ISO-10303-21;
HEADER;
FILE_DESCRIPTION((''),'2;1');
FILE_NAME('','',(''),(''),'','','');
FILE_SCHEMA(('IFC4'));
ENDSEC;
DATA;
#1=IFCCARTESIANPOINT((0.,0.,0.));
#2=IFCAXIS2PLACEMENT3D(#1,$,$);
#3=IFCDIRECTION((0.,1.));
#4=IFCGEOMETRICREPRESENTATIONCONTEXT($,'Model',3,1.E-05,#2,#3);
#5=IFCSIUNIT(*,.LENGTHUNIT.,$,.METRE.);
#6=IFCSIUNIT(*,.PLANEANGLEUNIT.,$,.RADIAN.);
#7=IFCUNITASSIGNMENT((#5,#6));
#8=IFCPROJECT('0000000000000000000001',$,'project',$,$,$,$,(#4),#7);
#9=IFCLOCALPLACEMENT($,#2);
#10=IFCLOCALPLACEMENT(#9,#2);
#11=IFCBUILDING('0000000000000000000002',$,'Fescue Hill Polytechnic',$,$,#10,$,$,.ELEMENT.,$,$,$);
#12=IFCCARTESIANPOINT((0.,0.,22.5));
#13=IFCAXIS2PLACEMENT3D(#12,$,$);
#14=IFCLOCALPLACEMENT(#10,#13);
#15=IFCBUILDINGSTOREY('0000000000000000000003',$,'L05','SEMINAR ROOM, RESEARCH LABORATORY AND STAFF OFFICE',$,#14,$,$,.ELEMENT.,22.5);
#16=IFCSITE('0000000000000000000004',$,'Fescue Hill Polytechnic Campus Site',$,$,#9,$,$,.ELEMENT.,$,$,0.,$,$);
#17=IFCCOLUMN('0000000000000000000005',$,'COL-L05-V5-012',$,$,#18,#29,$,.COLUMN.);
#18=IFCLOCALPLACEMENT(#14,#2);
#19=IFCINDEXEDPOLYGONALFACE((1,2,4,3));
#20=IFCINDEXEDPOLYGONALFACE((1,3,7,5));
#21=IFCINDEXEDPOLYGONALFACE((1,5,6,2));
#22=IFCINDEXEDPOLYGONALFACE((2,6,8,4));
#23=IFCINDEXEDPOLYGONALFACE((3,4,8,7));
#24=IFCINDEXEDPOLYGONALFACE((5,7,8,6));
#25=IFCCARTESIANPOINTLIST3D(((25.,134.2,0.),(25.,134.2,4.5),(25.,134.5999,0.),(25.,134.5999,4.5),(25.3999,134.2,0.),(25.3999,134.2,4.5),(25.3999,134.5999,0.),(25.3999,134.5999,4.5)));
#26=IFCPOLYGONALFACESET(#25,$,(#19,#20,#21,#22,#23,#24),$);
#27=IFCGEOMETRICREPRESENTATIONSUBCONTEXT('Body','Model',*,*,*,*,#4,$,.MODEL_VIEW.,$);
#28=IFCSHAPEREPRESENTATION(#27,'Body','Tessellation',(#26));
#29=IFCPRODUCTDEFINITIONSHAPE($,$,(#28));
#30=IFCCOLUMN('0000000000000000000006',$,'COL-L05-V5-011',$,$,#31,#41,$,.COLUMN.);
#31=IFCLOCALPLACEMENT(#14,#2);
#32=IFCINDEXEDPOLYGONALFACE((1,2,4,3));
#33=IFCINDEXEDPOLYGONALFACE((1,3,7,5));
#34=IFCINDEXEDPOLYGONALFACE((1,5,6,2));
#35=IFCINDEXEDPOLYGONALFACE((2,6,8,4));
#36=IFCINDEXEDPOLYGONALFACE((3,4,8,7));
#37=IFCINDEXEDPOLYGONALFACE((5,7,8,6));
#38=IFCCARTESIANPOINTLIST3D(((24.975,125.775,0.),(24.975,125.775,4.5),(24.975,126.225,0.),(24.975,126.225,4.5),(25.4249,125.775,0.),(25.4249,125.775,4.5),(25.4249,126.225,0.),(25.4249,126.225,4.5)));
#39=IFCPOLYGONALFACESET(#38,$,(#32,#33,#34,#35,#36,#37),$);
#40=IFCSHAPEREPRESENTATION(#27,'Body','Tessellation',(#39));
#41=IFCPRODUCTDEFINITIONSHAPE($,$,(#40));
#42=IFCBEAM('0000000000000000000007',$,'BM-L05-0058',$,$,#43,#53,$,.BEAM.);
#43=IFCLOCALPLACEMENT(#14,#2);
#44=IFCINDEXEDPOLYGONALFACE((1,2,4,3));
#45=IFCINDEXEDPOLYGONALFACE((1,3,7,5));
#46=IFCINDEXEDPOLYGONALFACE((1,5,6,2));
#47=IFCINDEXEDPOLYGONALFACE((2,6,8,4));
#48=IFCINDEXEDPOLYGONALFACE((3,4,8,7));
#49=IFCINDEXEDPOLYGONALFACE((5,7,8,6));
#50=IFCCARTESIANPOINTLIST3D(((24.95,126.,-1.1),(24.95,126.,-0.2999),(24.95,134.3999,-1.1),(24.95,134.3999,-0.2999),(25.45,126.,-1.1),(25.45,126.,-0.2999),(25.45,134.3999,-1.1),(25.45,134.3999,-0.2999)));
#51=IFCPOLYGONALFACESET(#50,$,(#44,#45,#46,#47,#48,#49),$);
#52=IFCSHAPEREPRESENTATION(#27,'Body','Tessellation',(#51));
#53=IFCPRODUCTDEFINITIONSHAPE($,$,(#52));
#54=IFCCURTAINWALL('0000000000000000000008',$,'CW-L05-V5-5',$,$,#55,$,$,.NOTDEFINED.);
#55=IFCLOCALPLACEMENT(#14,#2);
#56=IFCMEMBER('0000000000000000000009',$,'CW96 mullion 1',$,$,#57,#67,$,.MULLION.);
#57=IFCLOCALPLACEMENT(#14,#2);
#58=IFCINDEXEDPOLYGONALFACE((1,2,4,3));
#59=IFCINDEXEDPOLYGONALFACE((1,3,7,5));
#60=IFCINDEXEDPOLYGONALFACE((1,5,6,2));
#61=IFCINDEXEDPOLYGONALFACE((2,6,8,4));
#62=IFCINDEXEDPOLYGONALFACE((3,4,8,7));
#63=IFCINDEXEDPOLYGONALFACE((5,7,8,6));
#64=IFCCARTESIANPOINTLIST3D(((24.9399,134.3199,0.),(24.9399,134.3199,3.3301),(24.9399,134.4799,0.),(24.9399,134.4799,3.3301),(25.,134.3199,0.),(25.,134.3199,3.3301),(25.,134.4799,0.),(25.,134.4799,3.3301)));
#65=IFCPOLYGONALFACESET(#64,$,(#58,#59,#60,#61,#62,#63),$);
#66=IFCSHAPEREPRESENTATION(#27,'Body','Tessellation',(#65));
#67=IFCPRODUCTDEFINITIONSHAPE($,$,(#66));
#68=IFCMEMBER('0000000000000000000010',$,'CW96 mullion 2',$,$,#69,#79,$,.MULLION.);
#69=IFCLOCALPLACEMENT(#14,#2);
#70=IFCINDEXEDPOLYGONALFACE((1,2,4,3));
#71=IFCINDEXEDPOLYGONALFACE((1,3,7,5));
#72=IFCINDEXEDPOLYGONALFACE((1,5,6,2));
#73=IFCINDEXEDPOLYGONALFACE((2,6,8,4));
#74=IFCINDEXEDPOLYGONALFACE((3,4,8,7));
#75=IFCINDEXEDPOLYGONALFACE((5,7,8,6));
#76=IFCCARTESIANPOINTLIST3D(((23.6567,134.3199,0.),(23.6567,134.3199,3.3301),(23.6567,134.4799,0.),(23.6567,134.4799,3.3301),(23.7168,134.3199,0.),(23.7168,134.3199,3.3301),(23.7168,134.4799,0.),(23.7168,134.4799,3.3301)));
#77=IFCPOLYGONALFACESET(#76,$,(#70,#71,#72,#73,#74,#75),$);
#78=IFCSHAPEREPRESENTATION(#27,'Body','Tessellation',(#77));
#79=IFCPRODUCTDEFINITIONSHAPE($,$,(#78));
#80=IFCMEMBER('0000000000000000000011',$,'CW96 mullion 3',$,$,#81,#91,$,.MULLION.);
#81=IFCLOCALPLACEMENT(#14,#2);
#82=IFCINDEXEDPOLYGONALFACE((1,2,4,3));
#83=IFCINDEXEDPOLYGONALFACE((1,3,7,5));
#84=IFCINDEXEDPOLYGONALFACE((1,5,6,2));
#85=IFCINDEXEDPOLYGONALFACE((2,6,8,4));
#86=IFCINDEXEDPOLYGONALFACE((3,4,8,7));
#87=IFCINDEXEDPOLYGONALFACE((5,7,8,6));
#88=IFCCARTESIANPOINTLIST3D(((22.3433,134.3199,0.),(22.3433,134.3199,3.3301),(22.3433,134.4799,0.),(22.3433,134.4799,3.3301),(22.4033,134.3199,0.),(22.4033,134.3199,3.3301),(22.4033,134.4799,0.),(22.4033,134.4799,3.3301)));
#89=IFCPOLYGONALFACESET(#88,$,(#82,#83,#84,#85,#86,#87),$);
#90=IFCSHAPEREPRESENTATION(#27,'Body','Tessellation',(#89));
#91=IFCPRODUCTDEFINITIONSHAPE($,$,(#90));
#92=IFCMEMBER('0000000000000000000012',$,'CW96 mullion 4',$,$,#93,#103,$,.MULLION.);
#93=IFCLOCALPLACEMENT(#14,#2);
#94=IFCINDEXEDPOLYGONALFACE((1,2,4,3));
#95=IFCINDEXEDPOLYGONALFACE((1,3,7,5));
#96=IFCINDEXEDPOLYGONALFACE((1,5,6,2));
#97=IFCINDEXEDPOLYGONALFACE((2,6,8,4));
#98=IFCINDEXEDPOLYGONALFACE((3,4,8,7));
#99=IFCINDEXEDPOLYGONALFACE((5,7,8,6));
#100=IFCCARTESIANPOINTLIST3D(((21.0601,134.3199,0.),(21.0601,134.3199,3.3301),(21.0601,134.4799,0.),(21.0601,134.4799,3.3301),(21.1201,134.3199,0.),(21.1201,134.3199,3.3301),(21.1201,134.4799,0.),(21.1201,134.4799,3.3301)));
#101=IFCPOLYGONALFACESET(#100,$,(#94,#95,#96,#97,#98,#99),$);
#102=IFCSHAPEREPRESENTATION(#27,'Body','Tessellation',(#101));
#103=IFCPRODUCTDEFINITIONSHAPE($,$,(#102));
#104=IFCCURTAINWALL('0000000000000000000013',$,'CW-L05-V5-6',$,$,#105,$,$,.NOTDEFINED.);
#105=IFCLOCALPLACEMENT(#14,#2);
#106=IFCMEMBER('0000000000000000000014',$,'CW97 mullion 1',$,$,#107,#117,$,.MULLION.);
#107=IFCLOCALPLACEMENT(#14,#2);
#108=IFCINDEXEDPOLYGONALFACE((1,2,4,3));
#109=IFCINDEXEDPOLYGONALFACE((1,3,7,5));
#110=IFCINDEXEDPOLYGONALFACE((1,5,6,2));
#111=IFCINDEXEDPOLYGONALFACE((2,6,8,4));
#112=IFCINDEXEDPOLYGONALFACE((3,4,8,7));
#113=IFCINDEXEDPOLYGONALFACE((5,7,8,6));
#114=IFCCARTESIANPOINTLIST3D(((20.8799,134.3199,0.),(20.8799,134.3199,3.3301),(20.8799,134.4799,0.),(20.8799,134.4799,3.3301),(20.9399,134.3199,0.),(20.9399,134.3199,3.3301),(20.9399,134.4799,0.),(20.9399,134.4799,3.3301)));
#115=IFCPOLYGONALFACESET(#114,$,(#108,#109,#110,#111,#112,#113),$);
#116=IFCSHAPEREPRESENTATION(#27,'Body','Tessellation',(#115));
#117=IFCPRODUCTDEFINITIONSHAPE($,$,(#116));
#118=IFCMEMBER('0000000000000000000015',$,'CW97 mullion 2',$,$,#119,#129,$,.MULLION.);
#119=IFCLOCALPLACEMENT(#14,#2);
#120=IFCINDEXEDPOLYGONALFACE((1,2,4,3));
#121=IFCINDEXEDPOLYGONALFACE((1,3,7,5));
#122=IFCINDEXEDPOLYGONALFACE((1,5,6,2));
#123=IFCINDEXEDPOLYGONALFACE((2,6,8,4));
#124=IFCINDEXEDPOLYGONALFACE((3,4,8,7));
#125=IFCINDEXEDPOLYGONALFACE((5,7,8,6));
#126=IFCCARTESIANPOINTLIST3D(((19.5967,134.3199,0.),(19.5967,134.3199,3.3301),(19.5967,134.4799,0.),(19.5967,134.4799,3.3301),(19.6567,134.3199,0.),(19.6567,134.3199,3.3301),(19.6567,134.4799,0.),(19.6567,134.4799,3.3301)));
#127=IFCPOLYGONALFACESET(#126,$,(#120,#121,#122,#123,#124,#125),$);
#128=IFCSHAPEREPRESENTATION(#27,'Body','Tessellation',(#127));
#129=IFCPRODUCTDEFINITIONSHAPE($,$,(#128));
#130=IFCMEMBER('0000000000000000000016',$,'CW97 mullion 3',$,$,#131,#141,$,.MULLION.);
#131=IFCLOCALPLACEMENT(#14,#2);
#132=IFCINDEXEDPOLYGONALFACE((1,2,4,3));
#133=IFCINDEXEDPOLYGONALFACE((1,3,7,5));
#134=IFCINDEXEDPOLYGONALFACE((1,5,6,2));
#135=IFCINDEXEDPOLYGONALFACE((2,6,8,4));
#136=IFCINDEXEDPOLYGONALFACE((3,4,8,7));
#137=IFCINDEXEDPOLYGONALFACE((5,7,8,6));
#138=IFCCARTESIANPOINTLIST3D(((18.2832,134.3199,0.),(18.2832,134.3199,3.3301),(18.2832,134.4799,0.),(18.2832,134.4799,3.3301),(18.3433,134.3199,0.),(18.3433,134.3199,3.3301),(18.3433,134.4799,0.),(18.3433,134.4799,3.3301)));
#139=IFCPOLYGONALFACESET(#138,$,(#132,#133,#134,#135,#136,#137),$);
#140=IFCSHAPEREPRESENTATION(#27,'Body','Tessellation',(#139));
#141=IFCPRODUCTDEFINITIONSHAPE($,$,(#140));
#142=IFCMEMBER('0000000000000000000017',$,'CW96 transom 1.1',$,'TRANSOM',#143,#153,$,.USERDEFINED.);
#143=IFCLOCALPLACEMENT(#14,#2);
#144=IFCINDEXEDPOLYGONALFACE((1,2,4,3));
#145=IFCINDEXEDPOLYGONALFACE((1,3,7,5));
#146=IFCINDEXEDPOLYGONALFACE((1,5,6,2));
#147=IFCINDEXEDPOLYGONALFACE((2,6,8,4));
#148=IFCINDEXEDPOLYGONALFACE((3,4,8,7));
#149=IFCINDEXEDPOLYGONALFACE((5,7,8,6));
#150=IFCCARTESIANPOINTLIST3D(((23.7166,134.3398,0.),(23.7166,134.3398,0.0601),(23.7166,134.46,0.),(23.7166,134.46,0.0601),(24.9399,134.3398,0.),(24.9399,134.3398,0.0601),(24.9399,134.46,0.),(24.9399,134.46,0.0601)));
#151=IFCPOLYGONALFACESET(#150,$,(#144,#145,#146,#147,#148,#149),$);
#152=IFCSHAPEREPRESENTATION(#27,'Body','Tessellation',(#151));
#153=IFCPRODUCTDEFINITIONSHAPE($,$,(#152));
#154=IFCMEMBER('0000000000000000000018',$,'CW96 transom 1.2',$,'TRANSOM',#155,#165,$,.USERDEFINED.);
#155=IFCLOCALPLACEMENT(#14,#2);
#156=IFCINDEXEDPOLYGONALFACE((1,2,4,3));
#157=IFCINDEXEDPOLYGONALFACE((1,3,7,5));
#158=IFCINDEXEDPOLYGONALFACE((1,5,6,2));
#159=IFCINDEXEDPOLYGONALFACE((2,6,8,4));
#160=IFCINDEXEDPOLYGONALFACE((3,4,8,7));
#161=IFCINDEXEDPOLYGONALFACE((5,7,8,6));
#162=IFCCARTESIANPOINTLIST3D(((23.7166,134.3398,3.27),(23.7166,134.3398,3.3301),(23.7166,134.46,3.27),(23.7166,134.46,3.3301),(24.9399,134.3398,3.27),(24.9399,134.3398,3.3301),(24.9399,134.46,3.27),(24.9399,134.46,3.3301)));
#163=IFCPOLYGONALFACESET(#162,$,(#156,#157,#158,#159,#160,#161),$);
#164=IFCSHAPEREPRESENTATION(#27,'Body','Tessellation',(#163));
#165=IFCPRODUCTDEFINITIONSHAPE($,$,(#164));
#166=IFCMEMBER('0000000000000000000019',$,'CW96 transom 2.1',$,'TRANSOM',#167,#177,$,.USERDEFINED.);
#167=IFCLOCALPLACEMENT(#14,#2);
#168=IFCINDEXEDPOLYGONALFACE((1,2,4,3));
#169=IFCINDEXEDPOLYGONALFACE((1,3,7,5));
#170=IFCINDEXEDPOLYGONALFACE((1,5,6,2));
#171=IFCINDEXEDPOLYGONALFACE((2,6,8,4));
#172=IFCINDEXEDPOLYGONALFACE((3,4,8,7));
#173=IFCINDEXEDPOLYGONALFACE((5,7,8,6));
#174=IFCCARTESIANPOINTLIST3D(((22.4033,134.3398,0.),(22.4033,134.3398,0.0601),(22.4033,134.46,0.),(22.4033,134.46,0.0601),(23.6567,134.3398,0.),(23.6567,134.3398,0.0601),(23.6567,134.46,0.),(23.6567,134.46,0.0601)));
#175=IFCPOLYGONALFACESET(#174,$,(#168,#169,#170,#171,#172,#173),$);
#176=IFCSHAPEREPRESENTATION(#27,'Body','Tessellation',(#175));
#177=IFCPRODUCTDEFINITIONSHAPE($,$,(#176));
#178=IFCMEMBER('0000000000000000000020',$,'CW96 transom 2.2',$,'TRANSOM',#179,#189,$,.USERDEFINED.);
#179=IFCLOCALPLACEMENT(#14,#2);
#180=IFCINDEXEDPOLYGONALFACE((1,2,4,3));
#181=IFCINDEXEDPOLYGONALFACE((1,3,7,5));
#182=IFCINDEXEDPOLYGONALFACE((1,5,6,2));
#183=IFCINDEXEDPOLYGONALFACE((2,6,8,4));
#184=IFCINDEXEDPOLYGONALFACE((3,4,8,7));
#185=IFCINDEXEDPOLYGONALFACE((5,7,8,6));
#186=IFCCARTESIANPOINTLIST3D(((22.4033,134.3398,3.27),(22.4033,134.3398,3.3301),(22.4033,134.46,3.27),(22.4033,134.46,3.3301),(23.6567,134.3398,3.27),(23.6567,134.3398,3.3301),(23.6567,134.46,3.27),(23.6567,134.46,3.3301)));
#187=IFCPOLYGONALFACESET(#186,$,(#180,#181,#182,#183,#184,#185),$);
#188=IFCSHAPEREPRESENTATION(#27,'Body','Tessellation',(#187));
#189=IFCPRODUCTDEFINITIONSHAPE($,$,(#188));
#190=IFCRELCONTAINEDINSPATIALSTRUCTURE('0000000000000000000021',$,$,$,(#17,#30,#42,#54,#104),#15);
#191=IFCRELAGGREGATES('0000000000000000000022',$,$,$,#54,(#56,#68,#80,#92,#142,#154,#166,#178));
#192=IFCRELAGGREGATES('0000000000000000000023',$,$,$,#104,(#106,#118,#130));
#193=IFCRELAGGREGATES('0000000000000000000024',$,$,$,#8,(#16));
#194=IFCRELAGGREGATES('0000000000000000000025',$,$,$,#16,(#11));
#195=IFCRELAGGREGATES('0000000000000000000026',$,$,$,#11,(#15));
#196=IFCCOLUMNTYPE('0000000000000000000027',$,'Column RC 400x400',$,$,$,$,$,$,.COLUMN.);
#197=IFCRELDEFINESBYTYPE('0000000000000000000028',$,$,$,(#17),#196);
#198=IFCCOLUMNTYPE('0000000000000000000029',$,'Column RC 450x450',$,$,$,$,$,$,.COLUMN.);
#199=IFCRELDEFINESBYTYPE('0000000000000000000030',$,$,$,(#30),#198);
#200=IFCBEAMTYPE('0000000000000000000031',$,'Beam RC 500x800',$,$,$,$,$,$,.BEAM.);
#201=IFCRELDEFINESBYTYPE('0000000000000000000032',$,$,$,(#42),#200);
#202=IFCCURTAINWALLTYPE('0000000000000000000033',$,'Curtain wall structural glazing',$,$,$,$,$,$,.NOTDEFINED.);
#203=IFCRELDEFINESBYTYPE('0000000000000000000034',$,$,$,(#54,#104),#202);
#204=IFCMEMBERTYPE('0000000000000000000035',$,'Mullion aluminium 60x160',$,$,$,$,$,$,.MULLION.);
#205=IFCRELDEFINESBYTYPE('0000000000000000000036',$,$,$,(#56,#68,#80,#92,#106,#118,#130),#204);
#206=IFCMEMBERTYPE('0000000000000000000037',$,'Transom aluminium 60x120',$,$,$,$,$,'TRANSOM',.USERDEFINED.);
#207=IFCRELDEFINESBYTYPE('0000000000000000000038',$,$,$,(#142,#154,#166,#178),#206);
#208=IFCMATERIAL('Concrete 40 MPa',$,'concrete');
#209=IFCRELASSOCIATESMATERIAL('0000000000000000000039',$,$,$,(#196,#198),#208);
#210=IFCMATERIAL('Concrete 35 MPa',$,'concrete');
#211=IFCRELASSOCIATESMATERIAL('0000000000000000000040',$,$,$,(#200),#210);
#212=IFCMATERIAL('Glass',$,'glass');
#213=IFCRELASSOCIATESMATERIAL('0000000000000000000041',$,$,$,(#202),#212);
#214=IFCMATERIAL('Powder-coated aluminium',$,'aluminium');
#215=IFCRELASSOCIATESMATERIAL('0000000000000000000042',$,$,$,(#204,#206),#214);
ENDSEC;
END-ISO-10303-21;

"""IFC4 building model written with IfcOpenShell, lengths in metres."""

from ifc_helpers import new_model, si_unit, direction, frame, origin, origin_2d, place, context, subcontext, project, spatial, rectangle, extrude, material, material_profile, profile_set, type_object, element, aggregate, save


model = new_model("IFC4")

# Units and contexts
model_context = context("Model", 3, precision=1e-05, world=origin(), true_north=direction((0.0, 1.0)))
body_context = subcontext(model_context, "Body", "Model", "MODEL_VIEW")
ifc_project = project(units=[si_unit("LENGTHUNIT", "METRE"), si_unit("PLANEANGLEUNIT", "RADIAN")], contexts=[model_context])

# Site, building, storey
site_placement = place(None, origin())
site = spatial("IfcSite", under=ifc_project, at=site_placement, Name="Fescue Hill Polytechnic Campus Site", CompositionType="ELEMENT", RefElevation=0.0)
building_placement = place(site_placement, origin())
building = spatial("IfcBuilding", under=site, at=building_placement, Name="Fescue Hill Polytechnic", CompositionType="ELEMENT")
storey_placement = place(building_placement, frame((0.0, 0.0, 22.5)))
storey = spatial("IfcBuildingStorey", under=building, at=storey_placement, Name="L05", Description="SEMINAR ROOM, RESEARCH LABORATORY AND STAFF OFFICE", CompositionType="ELEMENT", Elevation=22.5)

# Columns
ifc_material_1 = material(Name="Concrete 40 MPa", Category="concrete")
ifc_material_profile_1 = material_profile(ifc_material_1, rectangle(XDim=0.3999, YDim=0.3999, at=origin_2d()), Name="RC 400x400")
ifc_profile_set_1 = profile_set([ifc_material_profile_1], Name="Concrete 40 MPa")
column_type_1 = type_object("IfcColumnType", Name="Column RC 400x400", PredefinedType="COLUMN", material=ifc_profile_set_1)
column_1_placement = place(storey_placement, frame((25.2, 134.3999, 0.0), z_axis=(0.0, 0.0, 1.0), x_axis=(1.0, 0.0, 0.0)))
element("IfcColumn", 1, at=column_1_placement, inside=storey, type_object=column_type_1, Name="COL-L05-V5-012", PredefinedType="COLUMN", context=body_context, shape_type="SweptSolid", body=[
    extrude(rectangle(XDim=0.3999, YDim=0.3999, at=origin_2d()), origin(), (0.0, 0.0, 1.0), 4.5),
])
ifc_material_profile_2 = material_profile(ifc_material_1, rectangle(XDim=0.45, YDim=0.45, at=origin_2d()), Name="RC 450x450")
ifc_profile_set_2 = profile_set([ifc_material_profile_2], Name="Concrete 40 MPa")
column_type_2 = type_object("IfcColumnType", Name="Column RC 450x450", PredefinedType="COLUMN", material=ifc_profile_set_2)
column_2_placement = place(storey_placement, frame((25.2, 126.0, 0.0), z_axis=(0.0, 0.0, 1.0), x_axis=(1.0, 0.0, 0.0)))
element("IfcColumn", 2, at=column_2_placement, inside=storey, type_object=column_type_2, Name="COL-L05-V5-011", PredefinedType="COLUMN", context=body_context, shape_type="SweptSolid", body=[
    extrude(rectangle(XDim=0.45, YDim=0.45, at=origin_2d()), origin(), (0.0, 0.0, 1.0), 4.5),
])

# Beam
ifc_material_2 = material(Name="Concrete 35 MPa", Category="concrete")
ifc_material_profile_3 = material_profile(ifc_material_2, rectangle(XDim=0.5, YDim=0.8, at=origin_2d()), Name="RC 500x800")
ifc_profile_set_3 = profile_set([ifc_material_profile_3], Name="Concrete 35 MPa")
beam_type = type_object("IfcBeamType", Name="Beam RC 500x800", PredefinedType="BEAM", material=ifc_profile_set_3)
beam_placement = place(storey_placement, frame((25.2, 126.0, -0.7), z_axis=(0.0, 1.0, 0.0), x_axis=(-1.0, 0.0, 0.0)))
element("IfcBeam", 3, at=beam_placement, inside=storey, type_object=beam_type, Name="BM-L05-0058", PredefinedType="BEAM", context=body_context, shape_type="SweptSolid", body=[
    extrude(rectangle(XDim=0.5, YDim=0.8, at=origin_2d()), origin(), (0.0, 0.0, 1.0), 8.3999),
])

# Curtain walls, members
ifc_material_3 = material(Name="Glass", Category="glass")
curtain_wall_type = type_object("IfcCurtainWallType", Name="Curtain wall structural glazing", PredefinedType="NOTDEFINED", material=ifc_material_3)
curtain_wall_1_placement = place(storey_placement, origin())
curtain_wall_1 = element("IfcCurtainWall", 4, at=curtain_wall_1_placement, inside=storey, type_object=curtain_wall_type, Name="CW-L05-V5-5", PredefinedType="NOTDEFINED")
ifc_material_4 = material(Name="Powder-coated aluminium", Category="aluminium")
ifc_material_profile_4 = material_profile(ifc_material_4, rectangle(XDim=0.1599, YDim=0.0601, at=origin_2d()), Name="Mullion aluminium 60x160")
ifc_profile_set_4 = profile_set([ifc_material_profile_4], Name="Powder-coated aluminium")
member_type_1 = type_object("IfcMemberType", Name="Mullion aluminium 60x160", PredefinedType="MULLION", material=ifc_profile_set_4)
member_1_placement = place(storey_placement, frame((24.97, 134.3999, 0.0), z_axis=(0.0, 0.0, 1.0), x_axis=(0.0, -1.0, 0.0)))
member_1 = element("IfcMember", 5, at=member_1_placement, type_object=member_type_1, Name="CW96 mullion 1", PredefinedType="MULLION", context=body_context, shape_type="SweptSolid", body=[
    extrude(rectangle(XDim=0.1599, YDim=0.0601, at=origin_2d()), origin(), (0.0, 0.0, 1.0), 3.3301),
])
member_2_placement = place(storey_placement, frame((23.6868, 134.3999, 0.0), z_axis=(0.0, 0.0, 1.0), x_axis=(0.0, -1.0, 0.0)))
member_2 = element("IfcMember", 6, at=member_2_placement, type_object=member_type_1, Name="CW96 mullion 2", PredefinedType="MULLION", context=body_context, shape_type="SweptSolid", body=[
    extrude(rectangle(XDim=0.1599, YDim=0.0601, at=origin_2d()), origin(), (0.0, 0.0, 1.0), 3.3301),
])
member_3_placement = place(storey_placement, frame((22.3733, 134.3999, 0.0), z_axis=(0.0, 0.0, 1.0), x_axis=(0.0, -1.0, 0.0)))
member_3 = element("IfcMember", 7, at=member_3_placement, type_object=member_type_1, Name="CW96 mullion 3", PredefinedType="MULLION", context=body_context, shape_type="SweptSolid", body=[
    extrude(rectangle(XDim=0.1599, YDim=0.0601, at=origin_2d()), origin(), (0.0, 0.0, 1.0), 3.3301),
])
member_4_placement = place(storey_placement, frame((21.0901, 134.3999, 0.0), z_axis=(0.0, 0.0, 1.0), x_axis=(0.0, -1.0, 0.0)))
member_4 = element("IfcMember", 8, at=member_4_placement, type_object=member_type_1, Name="CW96 mullion 4", PredefinedType="MULLION", context=body_context, shape_type="SweptSolid", body=[
    extrude(rectangle(XDim=0.1599, YDim=0.0601, at=origin_2d()), origin(), (0.0, 0.0, 1.0), 3.3301),
])
curtain_wall_2_placement = place(storey_placement, origin())
curtain_wall_2 = element("IfcCurtainWall", 9, at=curtain_wall_2_placement, inside=storey, type_object=curtain_wall_type, Name="CW-L05-V5-6", PredefinedType="NOTDEFINED")
member_5_placement = place(storey_placement, frame((20.9099, 134.3999, 0.0), z_axis=(0.0, 0.0, 1.0), x_axis=(0.0, -1.0, 0.0)))
member_5 = element("IfcMember", 10, at=member_5_placement, type_object=member_type_1, Name="CW97 mullion 1", PredefinedType="MULLION", context=body_context, shape_type="SweptSolid", body=[
    extrude(rectangle(XDim=0.1599, YDim=0.0601, at=origin_2d()), origin(), (0.0, 0.0, 1.0), 3.3301),
])
member_6_placement = place(storey_placement, frame((19.6267, 134.3999, 0.0), z_axis=(0.0, 0.0, 1.0), x_axis=(0.0, -1.0, 0.0)))
member_6 = element("IfcMember", 11, at=member_6_placement, type_object=member_type_1, Name="CW97 mullion 2", PredefinedType="MULLION", context=body_context, shape_type="SweptSolid", body=[
    extrude(rectangle(XDim=0.1599, YDim=0.0601, at=origin_2d()), origin(), (0.0, 0.0, 1.0), 3.3301),
])
member_7_placement = place(storey_placement, frame((18.3132, 134.3999, 0.0), z_axis=(0.0, 0.0, 1.0), x_axis=(0.0, -1.0, 0.0)))
member_7 = element("IfcMember", 12, at=member_7_placement, type_object=member_type_1, Name="CW97 mullion 3", PredefinedType="MULLION", context=body_context, shape_type="SweptSolid", body=[
    extrude(rectangle(XDim=0.1599, YDim=0.0601, at=origin_2d()), origin(), (0.0, 0.0, 1.0), 3.3301),
])

# Members
ifc_material_profile_5 = material_profile(ifc_material_4, rectangle(XDim=0.1201, YDim=0.0601, at=origin_2d()), Name="Transom aluminium 60x120")
ifc_profile_set_5 = profile_set([ifc_material_profile_5], Name="Powder-coated aluminium")
member_type_2 = type_object("IfcMemberType", Name="Transom aluminium 60x120", ElementType="TRANSOM", PredefinedType="USERDEFINED", material=ifc_profile_set_5)
member_8_placement = place(storey_placement, frame((24.9399, 134.3999, 0.03), z_axis=(-1.0, 0.0, 0.0), x_axis=(0.0, -1.0, 0.0)))
member_8 = element("IfcMember", 13, at=member_8_placement, type_object=member_type_2, Name="CW96 transom 1.1", ObjectType="TRANSOM", PredefinedType="USERDEFINED", context=body_context, shape_type="SweptSolid", body=[
    extrude(rectangle(XDim=0.1201, YDim=0.0601, at=origin_2d()), origin(), (0.0, 0.0, 1.0), 1.2234),
])
member_9_placement = place(storey_placement, frame((24.9399, 134.3999, 3.3), z_axis=(-1.0, 0.0, 0.0), x_axis=(0.0, -1.0, 0.0)))
member_9 = element("IfcMember", 14, at=member_9_placement, type_object=member_type_2, Name="CW96 transom 1.2", ObjectType="TRANSOM", PredefinedType="USERDEFINED", context=body_context, shape_type="SweptSolid", body=[
    extrude(rectangle(XDim=0.1201, YDim=0.0601, at=origin_2d()), origin(), (0.0, 0.0, 1.0), 1.2234),
])
member_10_placement = place(storey_placement, frame((23.6567, 134.3999, 0.03), z_axis=(-1.0, 0.0, 0.0), x_axis=(0.0, -1.0, 0.0)))
member_10 = element("IfcMember", 15, at=member_10_placement, type_object=member_type_2, Name="CW96 transom 2.1", ObjectType="TRANSOM", PredefinedType="USERDEFINED", context=body_context, shape_type="SweptSolid", body=[
    extrude(rectangle(XDim=0.1201, YDim=0.0601, at=origin_2d()), origin(), (0.0, 0.0, 1.0), 1.2534),
])
member_11_placement = place(storey_placement, frame((23.6567, 134.3999, 3.3), z_axis=(-1.0, 0.0, 0.0), x_axis=(0.0, -1.0, 0.0)))
member_11 = element("IfcMember", 16, at=member_11_placement, type_object=member_type_2, Name="CW96 transom 2.2", ObjectType="TRANSOM", PredefinedType="USERDEFINED", context=body_context, shape_type="SweptSolid", body=[
    extrude(rectangle(XDim=0.1201, YDim=0.0601, at=origin_2d()), origin(), (0.0, 0.0, 1.0), 1.2534),
])

aggregate(curtain_wall_1, [member_1, member_2, member_3, member_4, member_8, member_9, member_10, member_11])
aggregate(curtain_wall_2, [member_5, member_6, member_7])

save(model, "model.ifc")
